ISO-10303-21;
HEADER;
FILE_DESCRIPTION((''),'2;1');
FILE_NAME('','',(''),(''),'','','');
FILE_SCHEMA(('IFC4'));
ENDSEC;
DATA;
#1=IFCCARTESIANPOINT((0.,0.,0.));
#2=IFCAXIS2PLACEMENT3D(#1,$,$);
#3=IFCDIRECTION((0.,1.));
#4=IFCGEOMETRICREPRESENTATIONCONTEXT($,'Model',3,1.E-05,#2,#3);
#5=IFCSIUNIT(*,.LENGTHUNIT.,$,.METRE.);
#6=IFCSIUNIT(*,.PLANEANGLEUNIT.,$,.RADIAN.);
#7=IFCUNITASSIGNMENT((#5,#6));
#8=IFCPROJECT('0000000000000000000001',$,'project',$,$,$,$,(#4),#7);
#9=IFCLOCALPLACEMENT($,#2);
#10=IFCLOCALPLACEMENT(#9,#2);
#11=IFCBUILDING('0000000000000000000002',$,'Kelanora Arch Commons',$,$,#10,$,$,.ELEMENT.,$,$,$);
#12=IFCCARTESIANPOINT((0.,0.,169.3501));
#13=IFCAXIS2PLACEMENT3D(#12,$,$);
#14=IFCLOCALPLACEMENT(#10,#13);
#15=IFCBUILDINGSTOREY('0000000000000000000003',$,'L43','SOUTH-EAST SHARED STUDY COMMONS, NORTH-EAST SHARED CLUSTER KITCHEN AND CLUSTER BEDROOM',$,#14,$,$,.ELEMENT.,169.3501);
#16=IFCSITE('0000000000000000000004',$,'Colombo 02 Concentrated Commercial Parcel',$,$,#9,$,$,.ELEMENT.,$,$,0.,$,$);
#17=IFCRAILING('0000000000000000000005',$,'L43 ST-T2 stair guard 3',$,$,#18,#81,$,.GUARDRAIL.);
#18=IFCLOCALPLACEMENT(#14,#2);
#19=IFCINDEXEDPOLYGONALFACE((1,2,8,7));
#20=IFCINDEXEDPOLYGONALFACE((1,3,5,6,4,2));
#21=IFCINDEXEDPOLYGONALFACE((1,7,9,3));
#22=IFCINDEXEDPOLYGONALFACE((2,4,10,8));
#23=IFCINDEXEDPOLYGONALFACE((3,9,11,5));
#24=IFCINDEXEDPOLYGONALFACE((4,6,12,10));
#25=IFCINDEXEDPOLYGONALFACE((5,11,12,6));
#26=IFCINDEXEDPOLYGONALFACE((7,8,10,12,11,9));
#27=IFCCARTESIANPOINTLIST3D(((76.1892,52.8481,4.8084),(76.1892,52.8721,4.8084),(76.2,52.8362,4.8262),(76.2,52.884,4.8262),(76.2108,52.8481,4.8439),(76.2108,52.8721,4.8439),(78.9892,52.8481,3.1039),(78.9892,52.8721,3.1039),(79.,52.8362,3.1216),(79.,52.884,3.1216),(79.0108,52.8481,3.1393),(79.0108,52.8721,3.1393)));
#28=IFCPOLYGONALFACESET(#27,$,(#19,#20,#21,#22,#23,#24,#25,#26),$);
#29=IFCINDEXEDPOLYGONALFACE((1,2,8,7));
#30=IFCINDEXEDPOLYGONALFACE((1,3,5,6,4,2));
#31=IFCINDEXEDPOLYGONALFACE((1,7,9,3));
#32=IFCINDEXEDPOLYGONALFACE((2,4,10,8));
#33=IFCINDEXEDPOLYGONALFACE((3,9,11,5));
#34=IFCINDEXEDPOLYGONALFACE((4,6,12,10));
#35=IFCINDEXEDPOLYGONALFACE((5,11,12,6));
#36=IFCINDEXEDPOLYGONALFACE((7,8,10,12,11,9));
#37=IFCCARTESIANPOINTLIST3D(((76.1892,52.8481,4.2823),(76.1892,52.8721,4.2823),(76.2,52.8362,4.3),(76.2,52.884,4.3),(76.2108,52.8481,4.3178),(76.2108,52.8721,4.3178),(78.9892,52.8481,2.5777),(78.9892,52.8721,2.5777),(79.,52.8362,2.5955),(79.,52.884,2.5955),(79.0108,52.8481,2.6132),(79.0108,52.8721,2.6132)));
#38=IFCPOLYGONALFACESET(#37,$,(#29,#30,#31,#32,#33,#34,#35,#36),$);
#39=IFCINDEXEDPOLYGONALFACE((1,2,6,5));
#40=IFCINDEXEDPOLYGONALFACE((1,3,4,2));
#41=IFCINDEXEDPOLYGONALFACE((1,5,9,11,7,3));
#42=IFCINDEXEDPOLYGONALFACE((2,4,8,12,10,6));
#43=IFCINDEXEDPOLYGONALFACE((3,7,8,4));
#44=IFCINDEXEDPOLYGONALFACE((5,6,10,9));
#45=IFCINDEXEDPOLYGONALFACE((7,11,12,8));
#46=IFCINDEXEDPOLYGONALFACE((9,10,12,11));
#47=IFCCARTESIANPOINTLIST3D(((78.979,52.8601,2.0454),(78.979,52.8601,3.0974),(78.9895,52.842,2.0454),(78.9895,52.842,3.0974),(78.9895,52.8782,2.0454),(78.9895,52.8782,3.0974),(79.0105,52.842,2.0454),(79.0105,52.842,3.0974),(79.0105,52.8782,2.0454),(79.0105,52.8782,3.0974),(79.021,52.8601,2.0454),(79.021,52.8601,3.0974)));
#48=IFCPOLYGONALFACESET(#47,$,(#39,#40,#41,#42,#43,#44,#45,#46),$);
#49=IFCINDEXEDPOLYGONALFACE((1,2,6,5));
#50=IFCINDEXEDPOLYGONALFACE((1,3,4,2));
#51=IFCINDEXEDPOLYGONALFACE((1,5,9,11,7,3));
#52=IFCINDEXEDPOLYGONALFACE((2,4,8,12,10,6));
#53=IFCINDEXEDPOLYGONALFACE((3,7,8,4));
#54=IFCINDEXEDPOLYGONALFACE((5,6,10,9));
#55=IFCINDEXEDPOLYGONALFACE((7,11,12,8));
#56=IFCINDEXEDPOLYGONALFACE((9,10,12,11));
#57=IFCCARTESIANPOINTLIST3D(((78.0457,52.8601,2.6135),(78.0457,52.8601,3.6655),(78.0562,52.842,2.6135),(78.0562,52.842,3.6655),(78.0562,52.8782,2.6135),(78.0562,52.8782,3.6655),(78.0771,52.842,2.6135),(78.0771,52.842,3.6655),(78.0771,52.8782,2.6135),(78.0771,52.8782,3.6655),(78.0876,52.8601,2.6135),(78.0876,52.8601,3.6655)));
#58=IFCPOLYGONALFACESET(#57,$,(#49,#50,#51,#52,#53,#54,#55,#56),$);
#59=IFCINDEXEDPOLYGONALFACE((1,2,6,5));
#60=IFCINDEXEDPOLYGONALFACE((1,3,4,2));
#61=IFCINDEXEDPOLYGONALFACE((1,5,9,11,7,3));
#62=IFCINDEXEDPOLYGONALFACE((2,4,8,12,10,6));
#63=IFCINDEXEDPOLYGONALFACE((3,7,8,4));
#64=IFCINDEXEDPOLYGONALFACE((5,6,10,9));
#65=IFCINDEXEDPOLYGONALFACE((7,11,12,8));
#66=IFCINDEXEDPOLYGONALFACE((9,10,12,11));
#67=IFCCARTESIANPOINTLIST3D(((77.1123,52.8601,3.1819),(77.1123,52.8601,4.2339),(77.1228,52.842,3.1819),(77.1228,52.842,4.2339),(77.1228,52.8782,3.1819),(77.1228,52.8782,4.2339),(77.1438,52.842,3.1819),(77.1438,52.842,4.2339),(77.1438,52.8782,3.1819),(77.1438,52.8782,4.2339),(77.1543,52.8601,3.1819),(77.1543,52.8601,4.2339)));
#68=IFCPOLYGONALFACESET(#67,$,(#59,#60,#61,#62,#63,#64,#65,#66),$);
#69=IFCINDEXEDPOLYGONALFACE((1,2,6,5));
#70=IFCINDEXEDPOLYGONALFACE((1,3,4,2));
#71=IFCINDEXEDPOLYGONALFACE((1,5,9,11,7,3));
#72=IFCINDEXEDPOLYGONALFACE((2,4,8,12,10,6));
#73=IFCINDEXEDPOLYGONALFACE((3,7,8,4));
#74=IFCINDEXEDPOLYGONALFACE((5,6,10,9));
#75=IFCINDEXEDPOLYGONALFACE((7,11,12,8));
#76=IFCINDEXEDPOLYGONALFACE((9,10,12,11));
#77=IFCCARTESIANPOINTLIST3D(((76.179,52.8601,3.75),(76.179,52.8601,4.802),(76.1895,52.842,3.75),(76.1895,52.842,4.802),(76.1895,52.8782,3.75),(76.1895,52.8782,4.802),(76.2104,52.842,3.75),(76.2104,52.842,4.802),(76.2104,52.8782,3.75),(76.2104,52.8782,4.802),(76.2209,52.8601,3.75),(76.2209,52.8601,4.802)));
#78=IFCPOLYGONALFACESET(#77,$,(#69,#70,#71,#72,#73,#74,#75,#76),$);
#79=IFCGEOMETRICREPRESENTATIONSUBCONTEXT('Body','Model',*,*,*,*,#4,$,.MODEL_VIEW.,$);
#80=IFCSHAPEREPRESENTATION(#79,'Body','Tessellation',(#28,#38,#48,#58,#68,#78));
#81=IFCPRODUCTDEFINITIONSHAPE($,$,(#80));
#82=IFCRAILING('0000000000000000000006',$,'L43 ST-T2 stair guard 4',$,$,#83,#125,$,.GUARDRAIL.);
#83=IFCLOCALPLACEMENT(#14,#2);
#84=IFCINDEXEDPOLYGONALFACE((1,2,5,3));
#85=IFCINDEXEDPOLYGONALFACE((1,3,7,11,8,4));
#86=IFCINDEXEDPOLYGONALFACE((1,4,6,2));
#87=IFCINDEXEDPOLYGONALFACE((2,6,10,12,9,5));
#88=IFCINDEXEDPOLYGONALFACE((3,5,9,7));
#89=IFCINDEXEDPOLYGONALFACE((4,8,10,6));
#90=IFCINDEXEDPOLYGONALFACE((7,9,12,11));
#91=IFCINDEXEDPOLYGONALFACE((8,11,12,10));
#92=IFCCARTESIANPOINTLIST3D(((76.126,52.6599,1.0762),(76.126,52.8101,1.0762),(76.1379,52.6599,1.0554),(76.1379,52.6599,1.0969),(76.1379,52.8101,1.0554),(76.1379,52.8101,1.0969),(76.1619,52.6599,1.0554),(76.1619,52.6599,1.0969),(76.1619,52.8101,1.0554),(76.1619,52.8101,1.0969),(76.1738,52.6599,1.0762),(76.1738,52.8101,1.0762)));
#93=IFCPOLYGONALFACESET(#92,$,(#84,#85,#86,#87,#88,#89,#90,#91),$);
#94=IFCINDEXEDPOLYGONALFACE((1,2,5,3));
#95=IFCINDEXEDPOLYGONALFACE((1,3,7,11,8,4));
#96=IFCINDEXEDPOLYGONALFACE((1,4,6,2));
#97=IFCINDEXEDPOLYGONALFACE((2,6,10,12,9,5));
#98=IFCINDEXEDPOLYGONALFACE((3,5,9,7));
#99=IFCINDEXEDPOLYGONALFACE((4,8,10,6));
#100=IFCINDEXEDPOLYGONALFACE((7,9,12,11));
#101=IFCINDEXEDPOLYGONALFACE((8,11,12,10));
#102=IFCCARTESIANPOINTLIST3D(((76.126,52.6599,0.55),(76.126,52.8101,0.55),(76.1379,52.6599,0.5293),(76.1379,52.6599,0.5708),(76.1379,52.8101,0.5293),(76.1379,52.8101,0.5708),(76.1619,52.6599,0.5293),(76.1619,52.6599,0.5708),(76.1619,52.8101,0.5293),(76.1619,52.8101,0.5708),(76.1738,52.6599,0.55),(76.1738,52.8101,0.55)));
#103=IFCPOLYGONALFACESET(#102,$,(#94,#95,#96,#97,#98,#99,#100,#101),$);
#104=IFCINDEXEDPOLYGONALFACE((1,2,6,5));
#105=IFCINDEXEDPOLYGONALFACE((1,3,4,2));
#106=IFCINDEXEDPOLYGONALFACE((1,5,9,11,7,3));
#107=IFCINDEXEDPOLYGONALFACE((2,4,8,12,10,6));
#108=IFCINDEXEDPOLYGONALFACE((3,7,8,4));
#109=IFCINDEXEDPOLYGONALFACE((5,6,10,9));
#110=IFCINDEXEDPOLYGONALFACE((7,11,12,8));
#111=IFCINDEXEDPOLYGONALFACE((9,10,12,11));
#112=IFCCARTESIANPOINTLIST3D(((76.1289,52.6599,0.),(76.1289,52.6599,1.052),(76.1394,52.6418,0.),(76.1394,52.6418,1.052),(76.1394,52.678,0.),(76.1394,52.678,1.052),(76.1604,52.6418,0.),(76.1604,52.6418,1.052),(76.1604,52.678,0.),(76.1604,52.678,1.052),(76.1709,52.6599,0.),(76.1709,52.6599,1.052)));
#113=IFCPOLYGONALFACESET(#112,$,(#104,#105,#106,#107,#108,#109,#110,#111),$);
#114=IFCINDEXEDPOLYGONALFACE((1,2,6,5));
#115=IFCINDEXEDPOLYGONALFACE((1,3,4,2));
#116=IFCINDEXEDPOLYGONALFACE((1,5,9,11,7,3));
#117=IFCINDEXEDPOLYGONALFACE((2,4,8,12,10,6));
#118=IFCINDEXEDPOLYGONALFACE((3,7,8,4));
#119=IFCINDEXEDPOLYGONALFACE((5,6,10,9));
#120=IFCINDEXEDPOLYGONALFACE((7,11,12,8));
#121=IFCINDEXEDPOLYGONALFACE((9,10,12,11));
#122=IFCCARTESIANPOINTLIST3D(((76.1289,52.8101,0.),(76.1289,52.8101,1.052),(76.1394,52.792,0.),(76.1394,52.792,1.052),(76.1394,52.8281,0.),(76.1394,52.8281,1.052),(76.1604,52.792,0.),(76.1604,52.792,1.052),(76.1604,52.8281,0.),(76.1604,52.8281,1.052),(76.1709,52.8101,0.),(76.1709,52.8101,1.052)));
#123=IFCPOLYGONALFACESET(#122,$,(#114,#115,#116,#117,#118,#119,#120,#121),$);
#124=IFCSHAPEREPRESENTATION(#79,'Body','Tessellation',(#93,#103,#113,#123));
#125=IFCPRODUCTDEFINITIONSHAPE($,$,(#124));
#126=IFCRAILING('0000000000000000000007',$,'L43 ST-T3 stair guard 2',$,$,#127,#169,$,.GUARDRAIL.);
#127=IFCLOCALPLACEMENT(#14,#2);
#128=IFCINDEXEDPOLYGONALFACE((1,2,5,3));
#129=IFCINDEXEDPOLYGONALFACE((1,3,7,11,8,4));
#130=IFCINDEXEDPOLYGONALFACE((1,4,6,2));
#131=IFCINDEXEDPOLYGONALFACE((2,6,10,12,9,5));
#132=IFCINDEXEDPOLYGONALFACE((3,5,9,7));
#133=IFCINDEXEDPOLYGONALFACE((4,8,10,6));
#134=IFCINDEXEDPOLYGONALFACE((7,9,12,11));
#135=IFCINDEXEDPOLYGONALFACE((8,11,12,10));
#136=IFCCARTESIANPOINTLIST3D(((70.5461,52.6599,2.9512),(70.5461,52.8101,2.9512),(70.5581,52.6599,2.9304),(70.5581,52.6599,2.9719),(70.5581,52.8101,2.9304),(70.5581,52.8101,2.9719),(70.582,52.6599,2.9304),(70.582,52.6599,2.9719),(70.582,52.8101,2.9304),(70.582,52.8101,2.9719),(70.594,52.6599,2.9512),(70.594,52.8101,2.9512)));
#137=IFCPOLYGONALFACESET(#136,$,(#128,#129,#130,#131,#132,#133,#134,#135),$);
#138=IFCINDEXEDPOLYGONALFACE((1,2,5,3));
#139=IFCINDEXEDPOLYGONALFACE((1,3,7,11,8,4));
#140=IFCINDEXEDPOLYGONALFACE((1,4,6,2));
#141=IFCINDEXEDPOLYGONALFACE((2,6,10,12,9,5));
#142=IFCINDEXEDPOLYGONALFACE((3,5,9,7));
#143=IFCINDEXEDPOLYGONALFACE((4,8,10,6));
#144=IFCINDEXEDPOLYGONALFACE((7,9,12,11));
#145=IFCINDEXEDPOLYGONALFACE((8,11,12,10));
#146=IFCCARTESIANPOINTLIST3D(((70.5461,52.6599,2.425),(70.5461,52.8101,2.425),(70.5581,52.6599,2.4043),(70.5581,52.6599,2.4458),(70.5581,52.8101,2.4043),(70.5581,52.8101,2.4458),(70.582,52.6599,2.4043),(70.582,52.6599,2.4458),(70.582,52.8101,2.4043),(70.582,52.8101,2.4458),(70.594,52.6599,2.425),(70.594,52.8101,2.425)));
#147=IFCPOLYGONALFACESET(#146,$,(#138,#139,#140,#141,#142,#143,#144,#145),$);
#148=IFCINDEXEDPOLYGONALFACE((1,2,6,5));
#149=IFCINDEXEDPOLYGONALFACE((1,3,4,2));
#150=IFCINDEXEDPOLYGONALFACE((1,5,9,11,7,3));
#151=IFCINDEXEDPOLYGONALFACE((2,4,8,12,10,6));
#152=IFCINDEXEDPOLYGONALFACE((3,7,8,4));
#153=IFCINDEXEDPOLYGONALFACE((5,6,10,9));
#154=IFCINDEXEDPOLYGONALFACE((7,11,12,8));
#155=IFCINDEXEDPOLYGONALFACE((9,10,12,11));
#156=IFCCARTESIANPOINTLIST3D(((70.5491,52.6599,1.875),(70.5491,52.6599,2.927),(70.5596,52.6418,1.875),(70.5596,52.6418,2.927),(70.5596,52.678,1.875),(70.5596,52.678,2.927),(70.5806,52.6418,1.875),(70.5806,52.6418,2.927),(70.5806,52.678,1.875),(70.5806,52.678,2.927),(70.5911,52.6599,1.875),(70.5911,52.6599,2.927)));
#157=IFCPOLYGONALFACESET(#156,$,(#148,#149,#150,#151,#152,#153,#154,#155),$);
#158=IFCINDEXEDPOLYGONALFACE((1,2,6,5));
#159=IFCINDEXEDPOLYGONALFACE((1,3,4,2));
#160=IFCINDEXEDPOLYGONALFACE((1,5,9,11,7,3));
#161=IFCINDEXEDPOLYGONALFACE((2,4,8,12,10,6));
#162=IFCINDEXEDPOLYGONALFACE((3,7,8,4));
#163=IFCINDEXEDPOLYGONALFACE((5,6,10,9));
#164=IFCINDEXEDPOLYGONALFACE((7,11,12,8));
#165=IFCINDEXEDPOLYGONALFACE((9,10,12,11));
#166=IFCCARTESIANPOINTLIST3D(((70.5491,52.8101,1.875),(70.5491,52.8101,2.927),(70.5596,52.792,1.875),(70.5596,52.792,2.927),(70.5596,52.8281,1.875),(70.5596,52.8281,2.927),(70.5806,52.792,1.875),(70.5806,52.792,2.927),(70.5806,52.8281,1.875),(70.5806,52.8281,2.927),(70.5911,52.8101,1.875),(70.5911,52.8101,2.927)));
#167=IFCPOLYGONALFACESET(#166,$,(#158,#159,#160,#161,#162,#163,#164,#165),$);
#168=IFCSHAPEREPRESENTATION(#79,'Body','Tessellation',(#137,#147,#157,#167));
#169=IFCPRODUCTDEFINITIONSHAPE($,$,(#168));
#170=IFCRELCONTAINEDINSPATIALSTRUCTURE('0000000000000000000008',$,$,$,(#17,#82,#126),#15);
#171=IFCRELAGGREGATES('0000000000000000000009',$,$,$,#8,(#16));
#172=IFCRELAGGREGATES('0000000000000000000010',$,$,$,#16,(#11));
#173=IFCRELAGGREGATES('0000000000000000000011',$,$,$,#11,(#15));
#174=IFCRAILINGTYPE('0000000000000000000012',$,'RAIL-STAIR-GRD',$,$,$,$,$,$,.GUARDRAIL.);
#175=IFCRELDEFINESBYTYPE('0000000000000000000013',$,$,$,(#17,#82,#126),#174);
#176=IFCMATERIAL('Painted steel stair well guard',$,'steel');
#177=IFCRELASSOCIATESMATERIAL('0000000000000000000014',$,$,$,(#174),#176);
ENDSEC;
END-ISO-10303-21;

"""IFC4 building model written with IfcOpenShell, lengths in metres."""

from ifc_helpers import new_model, si_unit, direction, frame, origin, place, context, subcontext, project, spatial, polyline, outline, extrude, material, type_object, element, save


model = new_model("IFC4")

# Units and contexts
model_context = context("Model", 3, precision=1e-05, world=origin(), true_north=direction((0.0, 1.0)))
body_context = subcontext(model_context, "Body", "Model", "MODEL_VIEW")
ifc_project = project(units=[si_unit("LENGTHUNIT", "METRE"), si_unit("PLANEANGLEUNIT", "RADIAN")], contexts=[model_context])

# Site, building, storey
site_placement = place(None, origin())
site = spatial("IfcSite", under=ifc_project, at=site_placement, Name="Colombo 02 Concentrated Commercial Parcel", CompositionType="ELEMENT", RefElevation=0.0)
building_placement = place(site_placement, origin())
building = spatial("IfcBuilding", under=site, at=building_placement, Name="Kelanora Arch Commons", CompositionType="ELEMENT")
storey_placement = place(building_placement, frame((0.0, 0.0, 169.3501)))
storey = spatial("IfcBuildingStorey", under=building, at=storey_placement, Name="L43", Description="SOUTH-EAST SHARED STUDY COMMONS, NORTH-EAST SHARED CLUSTER KITCHEN AND CLUSTER BEDROOM", CompositionType="ELEMENT", Elevation=169.3501)

# Railings
ifc_material_1 = material(Name="Painted steel stair well guard", Category="steel")
railing_type_1 = type_object("IfcRailingType", Name="RAIL-STAIR-GRD", PredefinedType="GUARDRAIL", material=ifc_material_1)
railing_1_placement = place(storey_placement, frame((79.0, 52.8601, 2.0454)))
element("IfcRailing", 1, at=railing_1_placement, inside=storey, type_object=railing_type_1, Name="L43 ST-T2 stair guard 3", PredefinedType="GUARDRAIL", context=body_context, shape_type="SweptSolid", body=[
    extrude(outline(polyline([(0.0239, 0.0), (0.012, 0.0208), (-0.012, 0.0208), (-0.0239, 0.0), (-0.012, -0.0208), (0.012, -0.0208), (0.0239, 0.0)])), frame((0.0, 0.0, 1.0762), z_axis=(-0.85417, 0.0, 0.519994), x_axis=(0.0, -1.0, 0.0)), (0.0, 0.0, 1.0), 3.2781),
    extrude(outline(polyline([(0.0239, 0.0), (0.012, 0.0208), (-0.012, 0.0208), (-0.0239, 0.0), (-0.012, -0.0208), (0.012, -0.0208), (0.0239, 0.0)])), frame((0.0, 0.0, 0.55), z_axis=(-0.85417, 0.0, 0.519994), x_axis=(0.0, -1.0, 0.0)), (0.0, 0.0, 1.0), 3.2781),
    extrude(outline(polyline([(0.021, 0.0), (0.0105, 0.0181), (-0.0105, 0.0181), (-0.021, 0.0), (-0.0105, -0.0181), (0.0105, -0.0181), (0.021, 0.0)])), origin(), (0.0, 0.0, 1.0), 1.052),
    extrude(outline(polyline([(0.021, 0.0), (0.0105, 0.0181), (-0.0105, 0.0181), (-0.021, 0.0), (-0.0105, -0.0181), (0.0105, -0.0181), (0.021, 0.0)])), frame((-0.9333, 0.0, 0.5681)), (0.0, 0.0, 1.0), 1.052),
    extrude(outline(polyline([(0.021, 0.0), (0.0105, 0.0181), (-0.0105, 0.0181), (-0.021, 0.0), (-0.0105, -0.0181), (0.0105, -0.0181), (0.021, 0.0)])), frame((-1.8667, 0.0, 1.1365)), (0.0, 0.0, 1.0), 1.052),
    extrude(outline(polyline([(0.021, 0.0), (0.0105, 0.0181), (-0.0105, 0.0181), (-0.021, 0.0), (-0.0105, -0.0181), (0.0105, -0.0181), (0.021, 0.0)])), frame((-2.8, 0.0, 1.7046)), (0.0, 0.0, 1.0), 1.052),
])
for number, where, name in (
    (2, (76.1499, 52.6599, 0.0), "L43 ST-T2 stair guard 4"),
    (3, (70.5701, 52.6599, 1.875), "L43 ST-T3 stair guard 2"),
):
    element("IfcRailing", number, at=place(storey_placement, frame(where)), inside=storey, type_object=railing_type_1, Name=name, PredefinedType="GUARDRAIL", context=body_context, shape_type="SweptSolid", body=[
        extrude(outline(polyline([(0.0239, 0.0), (0.012, 0.0208), (-0.012, 0.0208), (-0.0239, 0.0), (-0.012, -0.0208), (0.012, -0.0208), (0.0239, 0.0)])), frame((0.0, 0.0, 1.0762), z_axis=(0.0, 1.0, 0.0), x_axis=(-1.0, 0.0, 0.0)), (0.0, 0.0, 1.0), 0.1501),
        extrude(outline(polyline([(0.0239, 0.0), (0.012, 0.0208), (-0.012, 0.0208), (-0.0239, 0.0), (-0.012, -0.0208), (0.012, -0.0208), (0.0239, 0.0)])), frame((0.0, 0.0, 0.55), z_axis=(0.0, 1.0, 0.0), x_axis=(-1.0, 0.0, 0.0)), (0.0, 0.0, 1.0), 0.1501),
        extrude(outline(polyline([(0.021, 0.0), (0.0105, 0.0181), (-0.0105, 0.0181), (-0.021, 0.0), (-0.0105, -0.0181), (0.0105, -0.0181), (0.021, 0.0)])), origin(), (0.0, 0.0, 1.0), 1.052),
        extrude(outline(polyline([(0.021, 0.0), (0.0105, 0.0181), (-0.0105, 0.0181), (-0.021, 0.0), (-0.0105, -0.0181), (0.0105, -0.0181), (0.021, 0.0)])), frame((0.0, 0.1501, 0.0)), (0.0, 0.0, 1.0), 1.052),
    ])

save(model, "model.ifc")
